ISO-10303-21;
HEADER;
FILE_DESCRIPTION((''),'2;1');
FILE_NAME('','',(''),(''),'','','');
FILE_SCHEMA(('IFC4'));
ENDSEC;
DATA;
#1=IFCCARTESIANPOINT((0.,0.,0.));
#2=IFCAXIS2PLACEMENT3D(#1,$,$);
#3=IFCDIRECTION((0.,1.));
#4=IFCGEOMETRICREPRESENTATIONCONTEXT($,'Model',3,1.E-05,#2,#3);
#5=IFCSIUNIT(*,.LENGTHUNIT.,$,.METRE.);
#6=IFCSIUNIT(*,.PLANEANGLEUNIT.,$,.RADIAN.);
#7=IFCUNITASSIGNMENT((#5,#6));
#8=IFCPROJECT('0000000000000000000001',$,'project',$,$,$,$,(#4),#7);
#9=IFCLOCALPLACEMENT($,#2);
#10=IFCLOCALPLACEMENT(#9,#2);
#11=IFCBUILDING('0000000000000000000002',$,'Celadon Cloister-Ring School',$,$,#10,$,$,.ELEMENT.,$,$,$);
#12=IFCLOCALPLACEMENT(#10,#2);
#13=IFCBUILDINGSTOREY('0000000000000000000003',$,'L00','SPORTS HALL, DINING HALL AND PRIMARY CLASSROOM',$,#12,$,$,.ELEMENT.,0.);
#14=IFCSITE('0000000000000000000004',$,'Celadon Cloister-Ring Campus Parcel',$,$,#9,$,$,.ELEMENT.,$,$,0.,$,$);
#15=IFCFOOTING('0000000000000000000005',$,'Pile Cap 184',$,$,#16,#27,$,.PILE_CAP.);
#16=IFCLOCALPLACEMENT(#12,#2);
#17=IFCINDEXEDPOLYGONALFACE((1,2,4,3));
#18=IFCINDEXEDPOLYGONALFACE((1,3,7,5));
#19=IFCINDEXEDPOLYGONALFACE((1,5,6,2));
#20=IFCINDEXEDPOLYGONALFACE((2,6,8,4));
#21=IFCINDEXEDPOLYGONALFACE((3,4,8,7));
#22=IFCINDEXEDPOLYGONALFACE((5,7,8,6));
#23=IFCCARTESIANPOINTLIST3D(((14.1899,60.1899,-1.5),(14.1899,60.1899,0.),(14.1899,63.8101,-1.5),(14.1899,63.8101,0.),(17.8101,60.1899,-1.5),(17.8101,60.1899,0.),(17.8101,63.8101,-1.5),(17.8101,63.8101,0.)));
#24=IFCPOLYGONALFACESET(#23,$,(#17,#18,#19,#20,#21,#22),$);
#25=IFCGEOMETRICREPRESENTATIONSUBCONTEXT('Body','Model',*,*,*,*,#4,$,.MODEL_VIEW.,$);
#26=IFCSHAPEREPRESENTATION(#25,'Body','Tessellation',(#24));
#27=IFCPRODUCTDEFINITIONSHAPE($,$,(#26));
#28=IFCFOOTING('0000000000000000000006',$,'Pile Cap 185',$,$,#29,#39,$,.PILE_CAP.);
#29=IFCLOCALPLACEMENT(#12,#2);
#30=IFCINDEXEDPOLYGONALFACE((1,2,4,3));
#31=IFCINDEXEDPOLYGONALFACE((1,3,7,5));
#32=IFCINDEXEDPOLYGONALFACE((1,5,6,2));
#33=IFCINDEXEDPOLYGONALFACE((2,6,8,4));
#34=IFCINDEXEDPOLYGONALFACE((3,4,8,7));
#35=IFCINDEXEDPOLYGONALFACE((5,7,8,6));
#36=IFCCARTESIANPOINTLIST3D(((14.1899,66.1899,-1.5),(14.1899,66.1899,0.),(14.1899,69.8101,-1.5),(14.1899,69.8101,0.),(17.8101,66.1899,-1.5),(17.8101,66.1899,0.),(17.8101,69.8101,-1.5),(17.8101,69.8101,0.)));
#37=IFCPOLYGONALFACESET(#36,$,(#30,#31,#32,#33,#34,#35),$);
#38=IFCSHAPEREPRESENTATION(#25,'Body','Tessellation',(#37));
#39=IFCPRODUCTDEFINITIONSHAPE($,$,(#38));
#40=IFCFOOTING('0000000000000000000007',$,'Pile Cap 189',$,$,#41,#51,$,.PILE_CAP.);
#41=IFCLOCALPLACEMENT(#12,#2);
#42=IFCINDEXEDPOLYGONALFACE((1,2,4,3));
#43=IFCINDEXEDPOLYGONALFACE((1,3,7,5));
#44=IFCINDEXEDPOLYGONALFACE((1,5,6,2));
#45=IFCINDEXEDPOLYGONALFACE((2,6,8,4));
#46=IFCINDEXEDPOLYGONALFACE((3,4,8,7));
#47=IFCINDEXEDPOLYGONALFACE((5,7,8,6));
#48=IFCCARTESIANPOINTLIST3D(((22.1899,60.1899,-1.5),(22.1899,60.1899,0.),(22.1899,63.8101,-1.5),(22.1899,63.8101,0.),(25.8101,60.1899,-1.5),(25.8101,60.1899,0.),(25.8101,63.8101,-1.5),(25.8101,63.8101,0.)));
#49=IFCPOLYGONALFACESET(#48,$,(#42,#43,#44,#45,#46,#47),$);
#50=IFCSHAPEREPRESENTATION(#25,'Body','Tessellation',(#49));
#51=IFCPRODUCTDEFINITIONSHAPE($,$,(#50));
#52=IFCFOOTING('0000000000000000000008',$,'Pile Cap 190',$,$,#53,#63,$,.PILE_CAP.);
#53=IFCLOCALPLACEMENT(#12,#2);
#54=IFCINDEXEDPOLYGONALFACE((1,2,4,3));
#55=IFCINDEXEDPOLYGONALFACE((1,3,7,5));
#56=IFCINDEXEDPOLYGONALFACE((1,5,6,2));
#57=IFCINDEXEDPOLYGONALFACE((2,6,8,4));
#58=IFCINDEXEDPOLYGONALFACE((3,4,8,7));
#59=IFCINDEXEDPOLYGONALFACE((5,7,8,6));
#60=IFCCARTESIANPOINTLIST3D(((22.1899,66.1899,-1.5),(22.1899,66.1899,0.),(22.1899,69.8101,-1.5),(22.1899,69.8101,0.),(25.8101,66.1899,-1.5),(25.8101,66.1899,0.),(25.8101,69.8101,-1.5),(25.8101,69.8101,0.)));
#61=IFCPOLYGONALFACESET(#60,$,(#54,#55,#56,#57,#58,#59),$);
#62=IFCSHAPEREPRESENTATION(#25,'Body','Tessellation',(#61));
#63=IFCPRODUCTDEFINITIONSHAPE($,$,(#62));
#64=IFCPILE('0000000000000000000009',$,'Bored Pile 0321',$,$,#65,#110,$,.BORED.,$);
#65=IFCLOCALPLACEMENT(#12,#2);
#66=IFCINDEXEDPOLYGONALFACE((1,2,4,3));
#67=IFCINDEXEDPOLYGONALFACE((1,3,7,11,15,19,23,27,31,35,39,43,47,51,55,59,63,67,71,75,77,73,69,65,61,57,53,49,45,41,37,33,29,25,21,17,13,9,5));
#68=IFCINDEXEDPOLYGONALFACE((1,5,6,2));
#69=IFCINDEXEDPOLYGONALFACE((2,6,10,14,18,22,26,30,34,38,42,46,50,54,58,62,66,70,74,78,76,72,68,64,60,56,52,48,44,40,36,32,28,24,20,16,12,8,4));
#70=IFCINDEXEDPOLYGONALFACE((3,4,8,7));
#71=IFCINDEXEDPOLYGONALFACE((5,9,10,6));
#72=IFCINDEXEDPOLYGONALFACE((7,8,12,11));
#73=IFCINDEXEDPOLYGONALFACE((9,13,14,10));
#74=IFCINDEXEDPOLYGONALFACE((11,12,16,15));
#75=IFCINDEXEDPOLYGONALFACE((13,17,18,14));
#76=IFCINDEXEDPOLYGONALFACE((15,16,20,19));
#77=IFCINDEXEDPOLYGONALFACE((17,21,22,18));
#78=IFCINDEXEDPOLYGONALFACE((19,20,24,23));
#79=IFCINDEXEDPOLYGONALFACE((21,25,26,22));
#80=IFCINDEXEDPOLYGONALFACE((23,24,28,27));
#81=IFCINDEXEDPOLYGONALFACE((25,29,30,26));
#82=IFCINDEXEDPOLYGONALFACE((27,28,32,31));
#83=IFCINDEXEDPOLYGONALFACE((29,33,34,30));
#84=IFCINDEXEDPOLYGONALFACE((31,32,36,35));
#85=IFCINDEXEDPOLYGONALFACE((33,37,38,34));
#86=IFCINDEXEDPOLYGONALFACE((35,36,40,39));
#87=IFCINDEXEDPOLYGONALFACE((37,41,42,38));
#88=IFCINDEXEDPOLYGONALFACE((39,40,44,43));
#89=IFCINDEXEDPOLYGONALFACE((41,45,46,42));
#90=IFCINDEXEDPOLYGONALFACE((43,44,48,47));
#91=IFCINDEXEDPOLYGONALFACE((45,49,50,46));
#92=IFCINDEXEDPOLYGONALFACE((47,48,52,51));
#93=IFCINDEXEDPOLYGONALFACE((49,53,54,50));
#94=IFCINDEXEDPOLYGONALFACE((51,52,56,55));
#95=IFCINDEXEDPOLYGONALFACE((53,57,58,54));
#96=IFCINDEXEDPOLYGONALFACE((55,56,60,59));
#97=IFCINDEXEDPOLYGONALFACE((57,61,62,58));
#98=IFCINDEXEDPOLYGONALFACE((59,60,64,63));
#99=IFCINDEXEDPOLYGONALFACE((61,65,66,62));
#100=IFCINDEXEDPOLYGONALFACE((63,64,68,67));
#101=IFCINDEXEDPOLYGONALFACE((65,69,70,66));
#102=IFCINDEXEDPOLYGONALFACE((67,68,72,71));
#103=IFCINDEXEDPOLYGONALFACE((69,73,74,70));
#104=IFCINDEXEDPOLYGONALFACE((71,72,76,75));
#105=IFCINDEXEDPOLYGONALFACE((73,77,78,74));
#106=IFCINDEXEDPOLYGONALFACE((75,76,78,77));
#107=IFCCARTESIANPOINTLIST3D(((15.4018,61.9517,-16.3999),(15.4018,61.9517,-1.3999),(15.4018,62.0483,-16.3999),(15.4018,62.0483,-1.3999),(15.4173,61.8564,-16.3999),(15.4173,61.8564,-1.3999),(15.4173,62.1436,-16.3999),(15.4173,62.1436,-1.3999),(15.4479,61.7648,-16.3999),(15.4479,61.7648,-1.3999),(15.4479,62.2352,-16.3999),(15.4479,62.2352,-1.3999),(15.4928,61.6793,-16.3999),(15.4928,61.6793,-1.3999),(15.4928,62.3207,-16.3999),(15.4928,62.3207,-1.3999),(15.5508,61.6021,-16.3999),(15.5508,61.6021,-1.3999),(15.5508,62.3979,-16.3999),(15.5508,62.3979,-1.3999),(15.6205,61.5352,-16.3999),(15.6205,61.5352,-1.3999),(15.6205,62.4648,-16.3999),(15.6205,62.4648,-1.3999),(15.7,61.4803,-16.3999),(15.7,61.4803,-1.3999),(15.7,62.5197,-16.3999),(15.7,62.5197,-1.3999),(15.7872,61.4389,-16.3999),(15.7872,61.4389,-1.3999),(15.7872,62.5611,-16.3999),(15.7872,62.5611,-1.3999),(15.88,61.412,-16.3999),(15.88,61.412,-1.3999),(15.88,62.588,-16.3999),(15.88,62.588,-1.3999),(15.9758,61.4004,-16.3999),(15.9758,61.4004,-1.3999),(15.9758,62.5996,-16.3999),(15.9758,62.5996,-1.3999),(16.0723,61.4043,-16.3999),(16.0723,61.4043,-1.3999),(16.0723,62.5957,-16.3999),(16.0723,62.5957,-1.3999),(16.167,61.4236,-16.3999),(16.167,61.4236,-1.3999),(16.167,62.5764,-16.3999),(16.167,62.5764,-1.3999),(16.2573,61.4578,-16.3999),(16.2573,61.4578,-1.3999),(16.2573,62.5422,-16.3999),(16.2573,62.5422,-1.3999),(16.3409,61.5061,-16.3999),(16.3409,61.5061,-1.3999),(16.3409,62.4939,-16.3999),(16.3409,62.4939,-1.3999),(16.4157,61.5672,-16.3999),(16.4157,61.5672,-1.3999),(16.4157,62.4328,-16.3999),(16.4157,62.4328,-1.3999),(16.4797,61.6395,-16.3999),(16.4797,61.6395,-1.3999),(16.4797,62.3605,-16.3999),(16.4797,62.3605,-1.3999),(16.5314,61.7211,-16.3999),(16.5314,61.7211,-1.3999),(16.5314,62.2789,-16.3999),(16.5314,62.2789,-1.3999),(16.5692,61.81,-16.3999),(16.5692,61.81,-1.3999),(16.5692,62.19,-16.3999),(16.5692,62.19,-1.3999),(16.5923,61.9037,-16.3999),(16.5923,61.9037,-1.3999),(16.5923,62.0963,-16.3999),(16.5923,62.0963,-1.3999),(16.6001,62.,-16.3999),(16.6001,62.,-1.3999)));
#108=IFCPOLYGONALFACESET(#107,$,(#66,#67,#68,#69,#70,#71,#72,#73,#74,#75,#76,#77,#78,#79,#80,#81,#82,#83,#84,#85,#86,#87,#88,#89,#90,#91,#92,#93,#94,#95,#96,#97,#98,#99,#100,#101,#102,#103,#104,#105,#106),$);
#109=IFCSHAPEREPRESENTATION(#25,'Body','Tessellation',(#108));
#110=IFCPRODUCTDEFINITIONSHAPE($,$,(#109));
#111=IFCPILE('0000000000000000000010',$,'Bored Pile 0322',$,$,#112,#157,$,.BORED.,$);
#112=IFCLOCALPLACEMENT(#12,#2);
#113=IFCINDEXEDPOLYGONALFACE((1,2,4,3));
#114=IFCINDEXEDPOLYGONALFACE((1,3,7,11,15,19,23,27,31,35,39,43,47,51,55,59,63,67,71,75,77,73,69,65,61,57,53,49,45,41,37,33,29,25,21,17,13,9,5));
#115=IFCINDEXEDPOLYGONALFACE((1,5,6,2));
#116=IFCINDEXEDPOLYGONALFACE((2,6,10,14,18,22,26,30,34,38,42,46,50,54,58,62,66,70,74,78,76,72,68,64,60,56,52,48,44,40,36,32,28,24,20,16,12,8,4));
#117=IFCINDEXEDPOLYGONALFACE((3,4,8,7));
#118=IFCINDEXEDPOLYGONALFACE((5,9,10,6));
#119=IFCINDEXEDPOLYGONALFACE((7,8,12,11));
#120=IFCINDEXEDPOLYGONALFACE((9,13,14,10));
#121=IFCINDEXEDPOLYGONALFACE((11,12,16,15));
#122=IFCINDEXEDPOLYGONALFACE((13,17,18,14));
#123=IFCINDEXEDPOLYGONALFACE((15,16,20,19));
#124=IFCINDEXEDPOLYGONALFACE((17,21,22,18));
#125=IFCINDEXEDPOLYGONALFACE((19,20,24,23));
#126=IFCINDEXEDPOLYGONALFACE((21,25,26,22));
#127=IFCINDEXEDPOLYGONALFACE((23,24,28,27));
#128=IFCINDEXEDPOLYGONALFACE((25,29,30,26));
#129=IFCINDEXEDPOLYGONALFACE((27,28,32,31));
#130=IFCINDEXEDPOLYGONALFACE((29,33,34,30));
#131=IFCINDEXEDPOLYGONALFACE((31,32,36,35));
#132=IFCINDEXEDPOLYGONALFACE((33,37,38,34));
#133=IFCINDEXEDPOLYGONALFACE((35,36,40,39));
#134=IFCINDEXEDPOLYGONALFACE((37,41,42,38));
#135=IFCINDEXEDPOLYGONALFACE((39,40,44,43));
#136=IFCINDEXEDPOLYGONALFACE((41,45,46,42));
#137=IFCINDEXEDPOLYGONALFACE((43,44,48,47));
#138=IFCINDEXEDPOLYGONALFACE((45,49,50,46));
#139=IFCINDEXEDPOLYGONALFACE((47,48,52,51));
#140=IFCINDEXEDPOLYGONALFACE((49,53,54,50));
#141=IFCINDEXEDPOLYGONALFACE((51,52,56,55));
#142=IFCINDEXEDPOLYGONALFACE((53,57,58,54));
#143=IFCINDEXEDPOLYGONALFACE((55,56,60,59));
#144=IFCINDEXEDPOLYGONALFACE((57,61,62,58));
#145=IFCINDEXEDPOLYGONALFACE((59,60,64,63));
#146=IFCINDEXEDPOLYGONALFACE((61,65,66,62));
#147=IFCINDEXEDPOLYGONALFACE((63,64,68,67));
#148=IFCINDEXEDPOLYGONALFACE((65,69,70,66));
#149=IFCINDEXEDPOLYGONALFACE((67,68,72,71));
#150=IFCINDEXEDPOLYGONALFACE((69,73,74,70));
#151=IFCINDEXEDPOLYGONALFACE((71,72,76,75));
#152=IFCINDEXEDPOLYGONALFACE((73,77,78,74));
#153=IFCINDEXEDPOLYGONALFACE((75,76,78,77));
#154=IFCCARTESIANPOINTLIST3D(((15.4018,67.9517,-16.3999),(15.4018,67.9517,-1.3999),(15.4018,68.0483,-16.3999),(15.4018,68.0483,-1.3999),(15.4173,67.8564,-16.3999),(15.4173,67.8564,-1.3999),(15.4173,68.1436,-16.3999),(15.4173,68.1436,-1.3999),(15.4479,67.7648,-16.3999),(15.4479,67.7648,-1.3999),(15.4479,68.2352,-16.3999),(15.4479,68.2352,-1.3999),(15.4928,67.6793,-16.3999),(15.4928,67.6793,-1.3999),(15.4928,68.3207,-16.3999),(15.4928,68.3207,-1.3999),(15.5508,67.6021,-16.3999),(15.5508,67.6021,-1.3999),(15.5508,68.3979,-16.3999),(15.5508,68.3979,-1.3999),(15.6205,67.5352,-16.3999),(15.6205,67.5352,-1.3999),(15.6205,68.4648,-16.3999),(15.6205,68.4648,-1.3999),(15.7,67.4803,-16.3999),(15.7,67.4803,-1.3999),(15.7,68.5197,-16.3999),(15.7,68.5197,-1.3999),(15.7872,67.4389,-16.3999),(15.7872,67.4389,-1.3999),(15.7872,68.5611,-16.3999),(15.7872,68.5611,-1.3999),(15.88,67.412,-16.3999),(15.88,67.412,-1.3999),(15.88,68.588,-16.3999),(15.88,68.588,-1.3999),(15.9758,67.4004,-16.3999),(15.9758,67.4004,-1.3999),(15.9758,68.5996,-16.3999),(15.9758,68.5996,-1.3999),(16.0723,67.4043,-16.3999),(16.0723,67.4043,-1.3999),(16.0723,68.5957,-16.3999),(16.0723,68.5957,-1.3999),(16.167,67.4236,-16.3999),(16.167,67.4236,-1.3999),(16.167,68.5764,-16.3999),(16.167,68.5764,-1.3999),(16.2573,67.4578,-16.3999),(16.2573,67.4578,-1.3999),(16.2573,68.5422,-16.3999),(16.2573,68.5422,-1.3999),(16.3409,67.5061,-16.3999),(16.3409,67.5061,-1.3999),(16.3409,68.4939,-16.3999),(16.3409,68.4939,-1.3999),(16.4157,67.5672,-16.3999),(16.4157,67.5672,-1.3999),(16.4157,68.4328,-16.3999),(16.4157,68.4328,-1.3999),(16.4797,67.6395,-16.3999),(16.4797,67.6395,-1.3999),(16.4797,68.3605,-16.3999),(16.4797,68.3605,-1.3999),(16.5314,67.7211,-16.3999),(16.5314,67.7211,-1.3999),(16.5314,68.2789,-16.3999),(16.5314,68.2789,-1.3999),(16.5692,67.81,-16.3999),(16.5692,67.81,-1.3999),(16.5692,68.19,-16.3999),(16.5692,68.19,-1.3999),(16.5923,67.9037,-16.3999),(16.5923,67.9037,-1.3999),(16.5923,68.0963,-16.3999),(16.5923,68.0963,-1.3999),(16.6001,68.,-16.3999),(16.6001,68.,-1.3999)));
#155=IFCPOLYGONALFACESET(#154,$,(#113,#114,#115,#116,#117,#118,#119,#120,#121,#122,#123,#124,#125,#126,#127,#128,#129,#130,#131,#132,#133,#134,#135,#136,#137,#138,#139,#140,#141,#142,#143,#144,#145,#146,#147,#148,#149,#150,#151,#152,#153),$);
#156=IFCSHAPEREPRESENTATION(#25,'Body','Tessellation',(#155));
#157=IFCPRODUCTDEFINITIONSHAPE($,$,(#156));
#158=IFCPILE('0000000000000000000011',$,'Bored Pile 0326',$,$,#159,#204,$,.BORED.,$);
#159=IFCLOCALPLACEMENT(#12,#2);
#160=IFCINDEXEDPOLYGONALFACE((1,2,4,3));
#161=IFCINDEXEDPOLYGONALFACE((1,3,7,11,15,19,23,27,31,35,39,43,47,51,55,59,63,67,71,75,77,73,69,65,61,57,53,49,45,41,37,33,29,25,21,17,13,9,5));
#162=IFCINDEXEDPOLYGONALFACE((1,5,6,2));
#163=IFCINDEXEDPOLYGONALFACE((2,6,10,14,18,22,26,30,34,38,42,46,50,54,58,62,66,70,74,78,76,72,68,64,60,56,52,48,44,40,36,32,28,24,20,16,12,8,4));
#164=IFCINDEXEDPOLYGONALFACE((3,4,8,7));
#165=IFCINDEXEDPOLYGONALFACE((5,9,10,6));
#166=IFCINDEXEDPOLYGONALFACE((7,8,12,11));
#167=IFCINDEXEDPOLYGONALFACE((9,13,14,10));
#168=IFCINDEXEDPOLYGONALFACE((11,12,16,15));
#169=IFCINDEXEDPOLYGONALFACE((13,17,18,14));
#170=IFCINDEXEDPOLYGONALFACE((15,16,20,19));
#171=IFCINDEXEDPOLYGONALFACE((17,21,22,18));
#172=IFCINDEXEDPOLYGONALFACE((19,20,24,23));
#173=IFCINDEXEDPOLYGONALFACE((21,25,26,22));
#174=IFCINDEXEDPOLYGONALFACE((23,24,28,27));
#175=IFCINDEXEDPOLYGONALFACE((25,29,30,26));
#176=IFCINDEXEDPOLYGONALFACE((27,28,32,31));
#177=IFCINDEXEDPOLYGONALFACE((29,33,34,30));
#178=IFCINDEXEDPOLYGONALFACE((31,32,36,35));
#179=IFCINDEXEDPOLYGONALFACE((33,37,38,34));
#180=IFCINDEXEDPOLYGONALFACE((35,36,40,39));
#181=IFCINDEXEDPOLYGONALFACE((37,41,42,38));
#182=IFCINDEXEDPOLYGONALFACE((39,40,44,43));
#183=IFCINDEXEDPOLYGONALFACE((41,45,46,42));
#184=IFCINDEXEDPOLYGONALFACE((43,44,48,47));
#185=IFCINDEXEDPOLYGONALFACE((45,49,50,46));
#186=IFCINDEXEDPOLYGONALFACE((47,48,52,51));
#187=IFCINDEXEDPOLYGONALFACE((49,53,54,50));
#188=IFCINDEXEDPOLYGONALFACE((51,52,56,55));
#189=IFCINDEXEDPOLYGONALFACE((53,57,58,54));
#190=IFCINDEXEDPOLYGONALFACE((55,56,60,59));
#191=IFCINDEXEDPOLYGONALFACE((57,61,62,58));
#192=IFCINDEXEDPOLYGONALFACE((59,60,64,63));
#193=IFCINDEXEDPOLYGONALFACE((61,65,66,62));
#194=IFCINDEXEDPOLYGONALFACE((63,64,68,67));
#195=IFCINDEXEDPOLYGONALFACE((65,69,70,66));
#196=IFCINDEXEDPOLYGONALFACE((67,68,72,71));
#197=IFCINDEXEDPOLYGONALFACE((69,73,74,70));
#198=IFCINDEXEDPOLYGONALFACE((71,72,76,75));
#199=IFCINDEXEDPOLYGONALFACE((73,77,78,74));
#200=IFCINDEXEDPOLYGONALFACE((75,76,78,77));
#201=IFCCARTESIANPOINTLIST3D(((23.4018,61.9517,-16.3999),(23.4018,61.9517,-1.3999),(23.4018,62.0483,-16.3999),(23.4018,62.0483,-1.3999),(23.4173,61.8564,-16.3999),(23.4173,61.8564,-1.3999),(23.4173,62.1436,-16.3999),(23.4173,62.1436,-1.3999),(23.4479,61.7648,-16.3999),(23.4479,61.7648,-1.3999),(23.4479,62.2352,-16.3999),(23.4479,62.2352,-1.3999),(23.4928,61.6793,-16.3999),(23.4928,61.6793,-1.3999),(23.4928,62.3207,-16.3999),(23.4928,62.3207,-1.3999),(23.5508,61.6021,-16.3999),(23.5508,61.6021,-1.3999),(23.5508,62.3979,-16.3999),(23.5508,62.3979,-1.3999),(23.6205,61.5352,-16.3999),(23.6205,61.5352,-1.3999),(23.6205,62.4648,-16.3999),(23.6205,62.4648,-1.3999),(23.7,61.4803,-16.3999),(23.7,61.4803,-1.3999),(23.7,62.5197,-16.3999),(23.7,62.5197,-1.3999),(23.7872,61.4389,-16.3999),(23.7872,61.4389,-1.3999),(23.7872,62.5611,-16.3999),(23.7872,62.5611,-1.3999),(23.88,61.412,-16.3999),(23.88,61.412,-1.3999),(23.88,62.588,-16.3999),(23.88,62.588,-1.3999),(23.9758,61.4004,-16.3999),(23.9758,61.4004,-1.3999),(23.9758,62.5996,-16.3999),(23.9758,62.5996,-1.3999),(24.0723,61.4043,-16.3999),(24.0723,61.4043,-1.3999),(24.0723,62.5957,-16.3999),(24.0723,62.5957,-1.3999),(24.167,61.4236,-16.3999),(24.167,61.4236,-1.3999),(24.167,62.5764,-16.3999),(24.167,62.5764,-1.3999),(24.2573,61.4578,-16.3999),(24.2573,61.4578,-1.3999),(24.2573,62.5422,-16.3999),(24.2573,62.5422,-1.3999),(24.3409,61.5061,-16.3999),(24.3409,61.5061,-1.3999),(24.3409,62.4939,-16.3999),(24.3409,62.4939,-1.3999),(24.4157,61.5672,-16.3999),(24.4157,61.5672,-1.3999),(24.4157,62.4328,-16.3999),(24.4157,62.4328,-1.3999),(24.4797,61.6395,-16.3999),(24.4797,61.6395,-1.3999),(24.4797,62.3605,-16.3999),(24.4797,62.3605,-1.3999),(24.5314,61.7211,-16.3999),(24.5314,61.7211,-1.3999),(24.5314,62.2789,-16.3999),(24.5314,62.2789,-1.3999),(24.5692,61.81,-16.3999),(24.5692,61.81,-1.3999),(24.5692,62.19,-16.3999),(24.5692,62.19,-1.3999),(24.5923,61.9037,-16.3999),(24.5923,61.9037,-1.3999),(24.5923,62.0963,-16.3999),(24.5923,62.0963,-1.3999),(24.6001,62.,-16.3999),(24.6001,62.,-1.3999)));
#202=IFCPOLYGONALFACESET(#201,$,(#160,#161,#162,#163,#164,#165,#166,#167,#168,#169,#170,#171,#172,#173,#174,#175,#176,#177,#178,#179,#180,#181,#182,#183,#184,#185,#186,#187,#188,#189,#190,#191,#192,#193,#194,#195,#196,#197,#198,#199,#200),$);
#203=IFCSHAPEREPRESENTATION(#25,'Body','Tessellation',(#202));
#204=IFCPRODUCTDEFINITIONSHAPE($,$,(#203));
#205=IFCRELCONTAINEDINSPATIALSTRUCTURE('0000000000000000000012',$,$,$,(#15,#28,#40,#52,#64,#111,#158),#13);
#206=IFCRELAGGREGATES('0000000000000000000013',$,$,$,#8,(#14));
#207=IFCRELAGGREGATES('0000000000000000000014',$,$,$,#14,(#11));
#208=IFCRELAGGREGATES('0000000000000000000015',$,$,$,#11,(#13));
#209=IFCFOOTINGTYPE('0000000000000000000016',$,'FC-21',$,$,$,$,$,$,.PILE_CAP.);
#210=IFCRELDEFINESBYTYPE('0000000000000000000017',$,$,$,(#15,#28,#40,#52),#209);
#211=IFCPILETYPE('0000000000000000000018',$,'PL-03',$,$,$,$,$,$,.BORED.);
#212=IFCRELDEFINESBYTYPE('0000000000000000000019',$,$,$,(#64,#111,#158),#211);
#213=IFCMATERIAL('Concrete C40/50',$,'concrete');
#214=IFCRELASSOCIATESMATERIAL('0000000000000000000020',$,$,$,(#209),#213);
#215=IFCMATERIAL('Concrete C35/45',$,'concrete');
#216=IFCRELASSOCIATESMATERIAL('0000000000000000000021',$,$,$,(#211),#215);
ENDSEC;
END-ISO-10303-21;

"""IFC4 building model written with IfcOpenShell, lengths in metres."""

from ifc_helpers import new_model, si_unit, direction, frame, origin, origin_2d, place, context, subcontext, project, spatial, rectangle, circle, extrude, material, material_profile, profile_set, type_object, element, save


model = new_model("IFC4")

# Units and contexts
model_context = context("Model", 3, precision=1e-05, world=origin(), true_north=direction((0.0, 1.0)))
body_context = subcontext(model_context, "Body", "Model", "MODEL_VIEW")
ifc_project = project(units=[si_unit("LENGTHUNIT", "METRE"), si_unit("PLANEANGLEUNIT", "RADIAN")], contexts=[model_context])

# Site, building, storey
site_placement = place(None, origin())
site = spatial("IfcSite", under=ifc_project, at=site_placement, Name="Celadon Cloister-Ring Campus Parcel", CompositionType="ELEMENT", RefElevation=0.0)
building_placement = place(site_placement, origin())
building = spatial("IfcBuilding", under=site, at=building_placement, Name="Celadon Cloister-Ring School", CompositionType="ELEMENT")
storey_placement = place(building_placement, origin())
storey = spatial("IfcBuildingStorey", under=building, at=storey_placement, Name="L00", Description="SPORTS HALL, DINING HALL AND PRIMARY CLASSROOM", CompositionType="ELEMENT", Elevation=0.0)

# Footings
ifc_material_1 = material(Name="Concrete C40/50", Category="concrete")
footing_type = type_object("IfcFootingType", Name="FC-21", PredefinedType="PILE_CAP", material=ifc_material_1)
for number, where, z_axis, x_axis, name in (
    (1, (16.0, 62.0, -1.5), (0.0, 0.0, 1.0), (1.0, 0.0, 0.0), "Pile Cap 184"),
    (2, (16.0, 68.0, -1.5), (0.0, 0.0, 1.0), (1.0, 0.0, 0.0), "Pile Cap 185"),
    (3, (24.0, 62.0, -1.5), (0.0, 0.0, 1.0), (1.0, 0.0, 0.0), "Pile Cap 189"),
    (4, (24.0, 68.0, -1.5), (0.0, 0.0, 1.0), (1.0, 0.0, 0.0), "Pile Cap 190"),
):
    element("IfcFooting", number, at=place(storey_placement, frame(where, z_axis=z_axis, x_axis=x_axis)), inside=storey, type_object=footing_type, Name=name, PredefinedType="PILE_CAP", context=body_context, shape_type="SweptSolid", body=[
        extrude(rectangle(XDim=3.6201, YDim=3.6201, at=origin_2d()), origin(), (0.0, 0.0, 1.0), 1.5),
    ])

# Piles
ifc_material_2 = material(Name="Concrete C35/45", Category="concrete")
ifc_material_profile_1 = material_profile(ifc_material_2, circle(Radius=0.6001, at=origin_2d()), Name="PILE1200")
ifc_profile_set_1 = profile_set([ifc_material_profile_1], Name="Concrete C35/45")
pile_type = type_object("IfcPileType", Name="PL-03", PredefinedType="BORED", material=ifc_profile_set_1)
for number, where, z_axis, x_axis, name in (
    (5, (16.0, 62.0, -1.3999), (0.0, 0.0, -1.0), (1.0, 0.0, 0.0), "Bored Pile 0321"),
    (6, (16.0, 68.0, -1.3999), (0.0, 0.0, -1.0), (1.0, 0.0, 0.0), "Bored Pile 0322"),
    (7, (24.0, 62.0, -1.3999), (0.0, 0.0, -1.0), (1.0, 0.0, 0.0), "Bored Pile 0326"),
):
    element("IfcPile", number, at=place(storey_placement, frame(where, z_axis=z_axis, x_axis=x_axis)), inside=storey, type_object=pile_type, Name=name, PredefinedType="BORED", context=body_context, shape_type="SweptSolid", body=[
        extrude(circle(Radius=0.6001, at=origin_2d()), origin(), (0.0, 0.0, 1.0), 15.0),
    ])

save(model, "model.ifc")
